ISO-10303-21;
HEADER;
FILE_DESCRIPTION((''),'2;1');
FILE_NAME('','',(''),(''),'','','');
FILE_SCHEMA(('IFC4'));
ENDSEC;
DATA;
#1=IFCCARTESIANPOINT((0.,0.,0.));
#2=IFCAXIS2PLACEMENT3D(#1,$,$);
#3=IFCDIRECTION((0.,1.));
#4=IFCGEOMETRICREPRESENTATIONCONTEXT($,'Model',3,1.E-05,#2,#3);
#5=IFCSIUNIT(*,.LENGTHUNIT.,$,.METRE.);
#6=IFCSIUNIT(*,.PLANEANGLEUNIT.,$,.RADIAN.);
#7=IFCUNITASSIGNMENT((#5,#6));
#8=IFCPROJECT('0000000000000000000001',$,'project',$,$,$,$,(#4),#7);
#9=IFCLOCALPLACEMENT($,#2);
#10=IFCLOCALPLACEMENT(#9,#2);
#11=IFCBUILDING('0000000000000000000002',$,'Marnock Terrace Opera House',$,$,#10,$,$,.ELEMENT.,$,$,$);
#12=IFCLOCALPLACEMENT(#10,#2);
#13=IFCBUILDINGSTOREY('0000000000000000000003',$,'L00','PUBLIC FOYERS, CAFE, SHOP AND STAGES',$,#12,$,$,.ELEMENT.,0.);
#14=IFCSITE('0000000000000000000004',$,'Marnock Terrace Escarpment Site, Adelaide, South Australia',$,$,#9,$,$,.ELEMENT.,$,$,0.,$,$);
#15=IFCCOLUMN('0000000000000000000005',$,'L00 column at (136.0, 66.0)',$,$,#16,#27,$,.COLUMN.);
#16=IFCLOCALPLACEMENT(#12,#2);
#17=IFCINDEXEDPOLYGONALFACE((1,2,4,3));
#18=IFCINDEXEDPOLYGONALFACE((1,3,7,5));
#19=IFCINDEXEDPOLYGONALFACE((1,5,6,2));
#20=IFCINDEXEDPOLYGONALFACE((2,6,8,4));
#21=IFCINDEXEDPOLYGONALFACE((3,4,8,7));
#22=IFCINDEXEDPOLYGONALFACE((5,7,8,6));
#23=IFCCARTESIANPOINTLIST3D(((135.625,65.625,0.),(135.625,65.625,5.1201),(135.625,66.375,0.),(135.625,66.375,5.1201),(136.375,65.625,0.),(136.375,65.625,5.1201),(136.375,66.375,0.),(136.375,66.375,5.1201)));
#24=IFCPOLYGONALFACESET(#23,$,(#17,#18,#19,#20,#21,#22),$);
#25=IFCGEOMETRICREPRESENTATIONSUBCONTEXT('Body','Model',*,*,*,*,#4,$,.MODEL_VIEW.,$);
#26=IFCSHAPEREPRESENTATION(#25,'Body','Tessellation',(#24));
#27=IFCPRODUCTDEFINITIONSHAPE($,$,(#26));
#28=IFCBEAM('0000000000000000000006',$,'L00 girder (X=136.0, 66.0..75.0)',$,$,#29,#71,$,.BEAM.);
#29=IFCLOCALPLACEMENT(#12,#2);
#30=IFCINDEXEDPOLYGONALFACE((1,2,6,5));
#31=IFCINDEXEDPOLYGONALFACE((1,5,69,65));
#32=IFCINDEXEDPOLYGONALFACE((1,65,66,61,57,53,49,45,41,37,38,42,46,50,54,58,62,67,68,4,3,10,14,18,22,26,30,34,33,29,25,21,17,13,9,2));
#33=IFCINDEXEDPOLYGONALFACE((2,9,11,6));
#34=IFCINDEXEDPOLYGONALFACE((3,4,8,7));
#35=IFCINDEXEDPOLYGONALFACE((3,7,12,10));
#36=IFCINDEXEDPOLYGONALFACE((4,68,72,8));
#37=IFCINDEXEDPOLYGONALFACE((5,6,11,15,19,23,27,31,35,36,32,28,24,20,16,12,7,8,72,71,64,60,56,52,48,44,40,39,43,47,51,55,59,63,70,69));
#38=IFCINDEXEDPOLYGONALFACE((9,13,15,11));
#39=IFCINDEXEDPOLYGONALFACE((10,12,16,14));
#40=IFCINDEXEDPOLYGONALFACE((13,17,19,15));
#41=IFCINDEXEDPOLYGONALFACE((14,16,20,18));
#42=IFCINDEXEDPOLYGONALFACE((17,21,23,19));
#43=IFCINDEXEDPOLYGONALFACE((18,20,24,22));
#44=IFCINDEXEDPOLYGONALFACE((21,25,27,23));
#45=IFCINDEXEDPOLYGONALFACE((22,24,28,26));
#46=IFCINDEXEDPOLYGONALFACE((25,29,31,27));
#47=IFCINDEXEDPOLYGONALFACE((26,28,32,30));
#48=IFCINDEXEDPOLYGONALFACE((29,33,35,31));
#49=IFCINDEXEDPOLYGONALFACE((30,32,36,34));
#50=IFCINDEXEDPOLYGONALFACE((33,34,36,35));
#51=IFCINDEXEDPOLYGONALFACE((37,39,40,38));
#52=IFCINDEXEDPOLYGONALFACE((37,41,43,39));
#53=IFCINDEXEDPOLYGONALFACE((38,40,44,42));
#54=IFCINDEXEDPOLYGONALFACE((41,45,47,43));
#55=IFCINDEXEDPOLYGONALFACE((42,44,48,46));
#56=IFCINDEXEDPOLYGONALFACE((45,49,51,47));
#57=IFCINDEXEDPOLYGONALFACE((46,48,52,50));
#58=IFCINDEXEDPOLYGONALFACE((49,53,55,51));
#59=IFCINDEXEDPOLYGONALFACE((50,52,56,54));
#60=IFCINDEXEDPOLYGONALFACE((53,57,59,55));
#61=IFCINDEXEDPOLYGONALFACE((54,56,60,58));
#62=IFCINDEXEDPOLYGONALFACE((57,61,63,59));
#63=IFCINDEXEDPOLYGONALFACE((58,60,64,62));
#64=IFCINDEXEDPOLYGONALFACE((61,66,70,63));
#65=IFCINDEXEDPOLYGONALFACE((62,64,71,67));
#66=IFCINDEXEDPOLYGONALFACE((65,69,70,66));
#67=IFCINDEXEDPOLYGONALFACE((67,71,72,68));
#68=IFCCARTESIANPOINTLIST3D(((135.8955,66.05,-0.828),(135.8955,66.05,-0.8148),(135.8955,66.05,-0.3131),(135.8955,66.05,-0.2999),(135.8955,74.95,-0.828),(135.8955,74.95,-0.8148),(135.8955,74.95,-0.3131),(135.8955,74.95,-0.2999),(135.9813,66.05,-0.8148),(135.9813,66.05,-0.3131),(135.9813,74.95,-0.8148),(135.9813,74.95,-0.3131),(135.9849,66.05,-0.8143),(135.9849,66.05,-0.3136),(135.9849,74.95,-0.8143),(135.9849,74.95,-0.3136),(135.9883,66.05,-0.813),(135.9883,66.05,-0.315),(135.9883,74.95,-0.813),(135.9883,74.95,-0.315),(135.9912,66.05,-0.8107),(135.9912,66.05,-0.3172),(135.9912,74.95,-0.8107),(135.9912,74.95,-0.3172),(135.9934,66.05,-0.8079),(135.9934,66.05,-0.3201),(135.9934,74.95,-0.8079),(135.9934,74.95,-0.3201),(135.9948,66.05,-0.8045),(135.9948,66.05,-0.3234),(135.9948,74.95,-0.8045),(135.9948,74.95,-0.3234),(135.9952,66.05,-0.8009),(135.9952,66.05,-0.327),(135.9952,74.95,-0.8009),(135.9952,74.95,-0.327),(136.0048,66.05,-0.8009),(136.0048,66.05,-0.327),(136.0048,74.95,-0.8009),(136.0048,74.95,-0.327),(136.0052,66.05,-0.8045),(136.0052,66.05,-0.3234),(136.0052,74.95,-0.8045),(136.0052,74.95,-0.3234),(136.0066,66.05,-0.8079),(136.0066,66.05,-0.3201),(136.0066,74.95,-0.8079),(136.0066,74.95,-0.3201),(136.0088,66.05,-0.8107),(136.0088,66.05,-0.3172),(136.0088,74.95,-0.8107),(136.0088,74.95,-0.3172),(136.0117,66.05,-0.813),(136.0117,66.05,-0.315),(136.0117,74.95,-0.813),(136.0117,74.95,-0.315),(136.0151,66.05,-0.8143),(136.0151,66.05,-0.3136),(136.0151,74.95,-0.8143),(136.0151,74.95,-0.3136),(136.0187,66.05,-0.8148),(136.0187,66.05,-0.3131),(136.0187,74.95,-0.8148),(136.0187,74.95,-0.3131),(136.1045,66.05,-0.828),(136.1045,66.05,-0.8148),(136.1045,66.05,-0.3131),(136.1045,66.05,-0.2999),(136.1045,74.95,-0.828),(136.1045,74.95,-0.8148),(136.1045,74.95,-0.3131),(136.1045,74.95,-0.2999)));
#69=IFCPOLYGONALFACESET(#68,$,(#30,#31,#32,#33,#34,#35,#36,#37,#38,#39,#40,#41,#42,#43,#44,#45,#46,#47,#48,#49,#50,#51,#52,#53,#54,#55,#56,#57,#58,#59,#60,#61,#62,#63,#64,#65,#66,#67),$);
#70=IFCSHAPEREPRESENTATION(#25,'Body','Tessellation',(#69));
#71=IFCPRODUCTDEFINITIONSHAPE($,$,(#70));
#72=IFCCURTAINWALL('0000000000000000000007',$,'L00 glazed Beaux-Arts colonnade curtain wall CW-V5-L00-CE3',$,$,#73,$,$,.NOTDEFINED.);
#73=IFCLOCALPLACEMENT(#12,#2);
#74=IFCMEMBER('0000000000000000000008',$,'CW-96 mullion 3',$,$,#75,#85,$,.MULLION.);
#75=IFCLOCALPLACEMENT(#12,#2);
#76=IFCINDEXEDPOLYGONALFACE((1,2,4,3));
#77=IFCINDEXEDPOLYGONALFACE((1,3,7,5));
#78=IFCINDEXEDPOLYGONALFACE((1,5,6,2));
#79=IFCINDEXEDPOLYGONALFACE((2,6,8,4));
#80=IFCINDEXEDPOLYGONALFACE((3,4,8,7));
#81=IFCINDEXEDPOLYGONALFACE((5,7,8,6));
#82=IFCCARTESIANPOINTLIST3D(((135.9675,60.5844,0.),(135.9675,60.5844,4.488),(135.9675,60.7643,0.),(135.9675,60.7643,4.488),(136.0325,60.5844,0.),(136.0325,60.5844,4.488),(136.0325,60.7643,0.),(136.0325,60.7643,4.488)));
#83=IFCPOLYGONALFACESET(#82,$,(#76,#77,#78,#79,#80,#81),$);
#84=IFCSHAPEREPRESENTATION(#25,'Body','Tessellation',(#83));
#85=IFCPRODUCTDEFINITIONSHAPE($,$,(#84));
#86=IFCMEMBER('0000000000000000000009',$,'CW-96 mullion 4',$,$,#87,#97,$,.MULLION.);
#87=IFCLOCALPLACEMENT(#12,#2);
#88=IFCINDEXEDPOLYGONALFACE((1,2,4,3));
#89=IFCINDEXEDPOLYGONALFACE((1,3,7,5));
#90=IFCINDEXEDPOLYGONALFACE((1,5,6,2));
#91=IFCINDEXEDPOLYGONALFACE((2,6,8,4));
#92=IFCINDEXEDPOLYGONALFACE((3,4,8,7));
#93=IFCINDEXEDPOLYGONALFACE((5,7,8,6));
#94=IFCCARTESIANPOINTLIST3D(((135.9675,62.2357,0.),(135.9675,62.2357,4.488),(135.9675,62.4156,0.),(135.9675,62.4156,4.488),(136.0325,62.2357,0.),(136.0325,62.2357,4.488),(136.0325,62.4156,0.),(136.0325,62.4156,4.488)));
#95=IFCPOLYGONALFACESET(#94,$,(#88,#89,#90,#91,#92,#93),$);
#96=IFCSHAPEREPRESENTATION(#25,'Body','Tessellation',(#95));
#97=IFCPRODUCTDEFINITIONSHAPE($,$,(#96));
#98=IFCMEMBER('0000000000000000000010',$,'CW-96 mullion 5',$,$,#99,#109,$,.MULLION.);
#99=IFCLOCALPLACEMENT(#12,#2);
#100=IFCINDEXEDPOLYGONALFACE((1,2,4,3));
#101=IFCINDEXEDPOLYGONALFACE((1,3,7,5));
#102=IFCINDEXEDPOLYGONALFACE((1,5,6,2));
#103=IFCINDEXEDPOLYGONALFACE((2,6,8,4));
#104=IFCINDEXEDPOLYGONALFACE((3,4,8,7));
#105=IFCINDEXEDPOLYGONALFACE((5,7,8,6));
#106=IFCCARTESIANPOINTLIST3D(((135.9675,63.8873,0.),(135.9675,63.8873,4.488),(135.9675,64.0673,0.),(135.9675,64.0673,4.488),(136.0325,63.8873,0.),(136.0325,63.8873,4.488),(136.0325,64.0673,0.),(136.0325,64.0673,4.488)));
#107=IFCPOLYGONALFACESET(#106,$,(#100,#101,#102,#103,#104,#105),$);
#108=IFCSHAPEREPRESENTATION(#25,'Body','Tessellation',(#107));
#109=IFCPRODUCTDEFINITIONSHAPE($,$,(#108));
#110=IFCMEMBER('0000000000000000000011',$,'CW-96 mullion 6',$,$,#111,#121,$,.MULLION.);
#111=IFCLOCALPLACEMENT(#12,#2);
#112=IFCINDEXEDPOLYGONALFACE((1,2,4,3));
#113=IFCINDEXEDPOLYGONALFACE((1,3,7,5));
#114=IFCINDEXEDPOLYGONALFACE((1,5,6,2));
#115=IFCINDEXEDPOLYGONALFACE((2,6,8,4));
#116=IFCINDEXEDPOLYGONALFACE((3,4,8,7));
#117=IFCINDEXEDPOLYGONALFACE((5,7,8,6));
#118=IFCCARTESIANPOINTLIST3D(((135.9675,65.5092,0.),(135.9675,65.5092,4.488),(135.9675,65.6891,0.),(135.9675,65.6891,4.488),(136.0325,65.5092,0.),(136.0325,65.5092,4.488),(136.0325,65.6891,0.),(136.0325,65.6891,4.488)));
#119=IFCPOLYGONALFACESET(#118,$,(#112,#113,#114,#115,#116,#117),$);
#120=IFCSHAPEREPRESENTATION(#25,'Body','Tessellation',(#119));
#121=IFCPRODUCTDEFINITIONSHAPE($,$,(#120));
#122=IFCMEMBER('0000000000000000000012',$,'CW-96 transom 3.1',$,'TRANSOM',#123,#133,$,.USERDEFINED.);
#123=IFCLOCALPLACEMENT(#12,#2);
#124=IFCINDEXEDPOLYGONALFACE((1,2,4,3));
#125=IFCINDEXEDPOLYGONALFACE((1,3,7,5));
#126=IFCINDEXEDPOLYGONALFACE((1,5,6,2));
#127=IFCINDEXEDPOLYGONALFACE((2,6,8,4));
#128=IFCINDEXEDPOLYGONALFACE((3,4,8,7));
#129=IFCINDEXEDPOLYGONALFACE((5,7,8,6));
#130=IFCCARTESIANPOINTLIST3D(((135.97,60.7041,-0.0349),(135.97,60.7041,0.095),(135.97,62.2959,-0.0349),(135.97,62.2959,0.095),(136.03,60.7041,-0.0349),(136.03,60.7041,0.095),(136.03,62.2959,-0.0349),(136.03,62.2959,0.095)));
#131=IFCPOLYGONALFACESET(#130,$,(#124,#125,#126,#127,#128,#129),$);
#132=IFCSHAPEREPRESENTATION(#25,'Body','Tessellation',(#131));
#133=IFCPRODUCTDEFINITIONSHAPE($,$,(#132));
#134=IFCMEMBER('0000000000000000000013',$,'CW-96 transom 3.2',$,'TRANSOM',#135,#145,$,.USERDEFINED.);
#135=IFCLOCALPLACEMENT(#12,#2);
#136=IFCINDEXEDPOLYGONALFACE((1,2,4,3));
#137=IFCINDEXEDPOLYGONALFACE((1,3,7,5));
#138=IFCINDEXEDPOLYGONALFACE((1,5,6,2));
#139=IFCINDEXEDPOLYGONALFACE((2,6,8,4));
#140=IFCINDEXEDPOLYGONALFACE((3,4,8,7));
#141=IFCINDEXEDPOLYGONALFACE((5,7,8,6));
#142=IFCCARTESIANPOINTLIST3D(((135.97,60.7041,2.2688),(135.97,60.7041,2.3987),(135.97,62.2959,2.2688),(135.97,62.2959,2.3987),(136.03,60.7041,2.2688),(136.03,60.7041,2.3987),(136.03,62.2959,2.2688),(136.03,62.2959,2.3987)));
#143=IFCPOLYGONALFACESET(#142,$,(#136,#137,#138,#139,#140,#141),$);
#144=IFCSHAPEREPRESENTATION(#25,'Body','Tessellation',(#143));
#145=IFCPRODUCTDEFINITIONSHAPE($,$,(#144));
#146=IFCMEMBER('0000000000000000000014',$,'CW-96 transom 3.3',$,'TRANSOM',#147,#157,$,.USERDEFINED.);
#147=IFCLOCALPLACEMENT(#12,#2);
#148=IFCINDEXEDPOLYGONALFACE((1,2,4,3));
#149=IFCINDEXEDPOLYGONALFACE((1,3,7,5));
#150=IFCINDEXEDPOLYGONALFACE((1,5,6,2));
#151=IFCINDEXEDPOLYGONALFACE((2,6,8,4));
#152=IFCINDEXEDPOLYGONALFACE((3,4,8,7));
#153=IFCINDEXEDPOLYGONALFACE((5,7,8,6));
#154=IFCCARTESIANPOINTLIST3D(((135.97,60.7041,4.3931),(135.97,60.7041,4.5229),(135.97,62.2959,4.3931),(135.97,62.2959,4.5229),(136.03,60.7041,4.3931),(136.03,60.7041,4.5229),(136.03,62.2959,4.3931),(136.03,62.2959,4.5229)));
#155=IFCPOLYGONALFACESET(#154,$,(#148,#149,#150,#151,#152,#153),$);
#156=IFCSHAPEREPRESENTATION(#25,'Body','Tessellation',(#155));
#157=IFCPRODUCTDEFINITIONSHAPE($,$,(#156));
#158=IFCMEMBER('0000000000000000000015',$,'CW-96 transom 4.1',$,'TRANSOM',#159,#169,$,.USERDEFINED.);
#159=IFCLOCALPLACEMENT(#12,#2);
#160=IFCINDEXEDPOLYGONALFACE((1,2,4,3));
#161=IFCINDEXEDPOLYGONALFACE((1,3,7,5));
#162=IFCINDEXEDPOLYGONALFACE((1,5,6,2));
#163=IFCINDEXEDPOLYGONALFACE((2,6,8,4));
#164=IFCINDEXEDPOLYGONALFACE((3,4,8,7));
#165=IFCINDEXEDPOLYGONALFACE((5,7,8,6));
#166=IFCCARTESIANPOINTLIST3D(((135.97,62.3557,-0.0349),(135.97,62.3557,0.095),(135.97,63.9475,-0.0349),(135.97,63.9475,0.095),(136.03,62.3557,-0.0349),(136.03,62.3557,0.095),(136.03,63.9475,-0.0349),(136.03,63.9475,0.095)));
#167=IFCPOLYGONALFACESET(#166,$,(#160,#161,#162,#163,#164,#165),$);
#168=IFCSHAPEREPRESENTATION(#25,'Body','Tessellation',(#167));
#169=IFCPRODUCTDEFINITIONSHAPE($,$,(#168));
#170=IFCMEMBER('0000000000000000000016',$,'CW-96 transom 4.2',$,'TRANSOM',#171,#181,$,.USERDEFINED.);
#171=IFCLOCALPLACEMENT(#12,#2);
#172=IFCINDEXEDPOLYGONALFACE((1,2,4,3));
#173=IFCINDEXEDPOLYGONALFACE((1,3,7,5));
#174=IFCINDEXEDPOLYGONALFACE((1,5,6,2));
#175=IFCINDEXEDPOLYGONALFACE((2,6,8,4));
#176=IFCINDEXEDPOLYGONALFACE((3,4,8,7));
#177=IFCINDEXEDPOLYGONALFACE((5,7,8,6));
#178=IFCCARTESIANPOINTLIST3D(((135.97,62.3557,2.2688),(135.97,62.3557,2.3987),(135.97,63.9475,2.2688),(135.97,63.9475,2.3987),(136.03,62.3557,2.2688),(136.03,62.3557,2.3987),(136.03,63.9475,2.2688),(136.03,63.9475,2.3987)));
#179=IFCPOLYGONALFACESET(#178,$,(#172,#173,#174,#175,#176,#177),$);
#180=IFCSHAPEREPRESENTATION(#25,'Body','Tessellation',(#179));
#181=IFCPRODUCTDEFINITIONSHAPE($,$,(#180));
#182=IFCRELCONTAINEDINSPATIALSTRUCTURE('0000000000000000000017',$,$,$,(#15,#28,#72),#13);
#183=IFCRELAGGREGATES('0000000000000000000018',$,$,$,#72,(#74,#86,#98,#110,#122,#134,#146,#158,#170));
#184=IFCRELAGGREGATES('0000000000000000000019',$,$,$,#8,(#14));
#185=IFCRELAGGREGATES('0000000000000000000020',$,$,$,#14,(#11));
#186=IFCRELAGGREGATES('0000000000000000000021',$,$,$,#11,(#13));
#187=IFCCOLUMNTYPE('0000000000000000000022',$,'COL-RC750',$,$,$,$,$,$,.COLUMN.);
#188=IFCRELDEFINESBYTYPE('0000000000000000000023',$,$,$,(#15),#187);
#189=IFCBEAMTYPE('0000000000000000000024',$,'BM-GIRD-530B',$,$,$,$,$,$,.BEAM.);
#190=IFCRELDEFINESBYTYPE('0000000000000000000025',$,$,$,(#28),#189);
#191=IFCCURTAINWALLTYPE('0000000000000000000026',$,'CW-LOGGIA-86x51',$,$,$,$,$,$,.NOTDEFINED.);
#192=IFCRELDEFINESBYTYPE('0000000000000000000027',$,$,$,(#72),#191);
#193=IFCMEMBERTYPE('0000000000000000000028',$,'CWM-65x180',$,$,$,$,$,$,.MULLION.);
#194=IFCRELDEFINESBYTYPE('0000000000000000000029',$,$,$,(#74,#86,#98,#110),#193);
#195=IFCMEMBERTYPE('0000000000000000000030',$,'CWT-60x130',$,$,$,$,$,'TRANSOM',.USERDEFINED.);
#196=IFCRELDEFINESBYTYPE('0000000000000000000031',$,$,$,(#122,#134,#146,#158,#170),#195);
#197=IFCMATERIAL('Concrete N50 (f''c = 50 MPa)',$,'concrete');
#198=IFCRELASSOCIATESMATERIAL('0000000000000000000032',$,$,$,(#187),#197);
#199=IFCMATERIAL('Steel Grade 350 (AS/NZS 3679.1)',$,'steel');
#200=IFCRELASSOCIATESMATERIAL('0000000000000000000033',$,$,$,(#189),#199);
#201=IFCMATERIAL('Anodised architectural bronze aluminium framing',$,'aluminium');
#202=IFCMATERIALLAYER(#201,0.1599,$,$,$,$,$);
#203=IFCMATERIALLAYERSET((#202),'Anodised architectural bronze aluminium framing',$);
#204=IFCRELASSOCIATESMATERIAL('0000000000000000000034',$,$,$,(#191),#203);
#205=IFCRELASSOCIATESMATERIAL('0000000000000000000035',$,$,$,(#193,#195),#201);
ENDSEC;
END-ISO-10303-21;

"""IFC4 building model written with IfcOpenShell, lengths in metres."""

from ifc_helpers import new_model, si_unit, direction, frame, origin, origin_2d, place, context, subcontext, project, spatial, rectangle, i_section, extrude, material, layer, layer_set, material_profile, profile_set, type_object, element, aggregate, save


model = new_model("IFC4")

# Units and contexts
model_context = context("Model", 3, precision=1e-05, world=origin(), true_north=direction((0.0, 1.0)))
body_context = subcontext(model_context, "Body", "Model", "MODEL_VIEW")
ifc_project = project(units=[si_unit("LENGTHUNIT", "METRE"), si_unit("PLANEANGLEUNIT", "RADIAN")], contexts=[model_context])

# Site, building, storey
site_placement = place(None, origin())
site = spatial("IfcSite", under=ifc_project, at=site_placement, Name="Marnock Terrace Escarpment Site, Adelaide, South Australia", CompositionType="ELEMENT", RefElevation=0.0)
building_placement = place(site_placement, origin())
building = spatial("IfcBuilding", under=site, at=building_placement, Name="Marnock Terrace Opera House", CompositionType="ELEMENT")
storey_placement = place(building_placement, origin())
storey = spatial("IfcBuildingStorey", under=building, at=storey_placement, Name="L00", Description="PUBLIC FOYERS, CAFE, SHOP AND STAGES", CompositionType="ELEMENT", Elevation=0.0)

# Column
ifc_material_1 = material(Name="Concrete N50 (f'c = 50 MPa)", Category="concrete")
ifc_material_profile_1 = material_profile(ifc_material_1, rectangle(XDim=0.75, YDim=0.75, at=origin_2d()))
ifc_profile_set_1 = profile_set([ifc_material_profile_1], Name="Concrete N50 (f'c = 50 MPa)")
column_type = type_object("IfcColumnType", Name="COL-RC750", PredefinedType="COLUMN", material=ifc_profile_set_1)
column_placement = place(storey_placement, frame((136.0, 66.0, 0.0), z_axis=(0.0, 0.0, 1.0), x_axis=(1.0, 0.0, 0.0)))
element("IfcColumn", 1, at=column_placement, inside=storey, type_object=column_type, Name="L00 column at (136.0, 66.0)", PredefinedType="COLUMN", context=body_context, shape_type="SweptSolid", body=[
    extrude(rectangle(XDim=0.75, YDim=0.75, at=origin_2d()), origin(), (0.0, 0.0, 1.0), 5.1201),
])

# Beam
ifc_material_2 = material(Name="Steel Grade 350 (AS/NZS 3679.1)", Category="steel")
ifc_material_profile_2 = material_profile(ifc_material_2, i_section(OverallWidth=0.209, OverallDepth=0.5281, WebThickness=0.0095, FlangeThickness=0.0132, FilletRadius=0.0139, at=origin_2d()))
ifc_profile_set_2 = profile_set([ifc_material_profile_2], Name="Steel Grade 350 (AS/NZS 3679.1)")
beam_type = type_object("IfcBeamType", Name="BM-GIRD-530B", PredefinedType="BEAM", material=ifc_profile_set_2)
beam_placement = place(storey_placement, frame((136.0, 66.05, -0.564), z_axis=(0.0, 1.0, 0.0), x_axis=(-1.0, 0.0, 0.0)))
element("IfcBeam", 2, at=beam_placement, inside=storey, type_object=beam_type, Name="L00 girder (X=136.0, 66.0..75.0)", PredefinedType="BEAM", context=body_context, shape_type="SweptSolid", body=[
    extrude(i_section(OverallWidth=0.209, OverallDepth=0.5281, WebThickness=0.0095, FlangeThickness=0.0132, FilletRadius=0.0139, at=origin_2d()), origin(), (0.0, 0.0, 1.0), 8.8999),
])

# Curtain wall, members
ifc_material_3 = material(Name="Anodised architectural bronze aluminium framing", Category="aluminium")
ifc_layer_1 = layer(ifc_material_3, 0.1599)
ifc_layer_set_1 = layer_set([ifc_layer_1], Name="Anodised architectural bronze aluminium framing")
curtain_wall_type = type_object("IfcCurtainWallType", Name="CW-LOGGIA-86x51", PredefinedType="NOTDEFINED", material=ifc_layer_set_1)
curtain_wall_placement = place(storey_placement, origin())
curtain_wall = element("IfcCurtainWall", 3, at=curtain_wall_placement, inside=storey, type_object=curtain_wall_type, Name="L00 glazed Beaux-Arts colonnade curtain wall CW-V5-L00-CE3", PredefinedType="NOTDEFINED")
ifc_material_profile_3 = material_profile(ifc_material_3, rectangle(XDim=0.0649, YDim=0.1799, at=origin_2d()))
ifc_profile_set_3 = profile_set([ifc_material_profile_3], Name="Anodised architectural bronze aluminium framing")
member_type_1 = type_object("IfcMemberType", Name="CWM-65x180", PredefinedType="MULLION", material=ifc_profile_set_3)
member_1_placement = place(storey_placement, frame((136.0, 60.6743, 0.0), z_axis=(0.0, 0.0, 1.0), x_axis=(-1.0, 0.0, 0.0)))
member_1 = element("IfcMember", 4, at=member_1_placement, type_object=member_type_1, Name="CW-96 mullion 3", PredefinedType="MULLION", context=body_context, shape_type="SweptSolid", body=[
    extrude(rectangle(XDim=0.0649, YDim=0.1799, at=origin_2d()), origin(), (0.0, 0.0, 1.0), 4.488),
])
member_2_placement = place(storey_placement, frame((136.0, 62.3257, 0.0), z_axis=(0.0, 0.0, 1.0), x_axis=(-1.0, 0.0, 0.0)))
member_2 = element("IfcMember", 5, at=member_2_placement, type_object=member_type_1, Name="CW-96 mullion 4", PredefinedType="MULLION", context=body_context, shape_type="SweptSolid", body=[
    extrude(rectangle(XDim=0.0649, YDim=0.1799, at=origin_2d()), origin(), (0.0, 0.0, 1.0), 4.488),
])
member_3_placement = place(storey_placement, frame((136.0, 63.9773, 0.0), z_axis=(0.0, 0.0, 1.0), x_axis=(-1.0, 0.0, 0.0)))
member_3 = element("IfcMember", 6, at=member_3_placement, type_object=member_type_1, Name="CW-96 mullion 5", PredefinedType="MULLION", context=body_context, shape_type="SweptSolid", body=[
    extrude(rectangle(XDim=0.0649, YDim=0.1799, at=origin_2d()), origin(), (0.0, 0.0, 1.0), 4.488),
])
member_4_placement = place(storey_placement, frame((136.0, 65.5991, 0.0), z_axis=(0.0, 0.0, 1.0), x_axis=(-1.0, 0.0, 0.0)))
member_4 = element("IfcMember", 7, at=member_4_placement, type_object=member_type_1, Name="CW-96 mullion 6", PredefinedType="MULLION", context=body_context, shape_type="SweptSolid", body=[
    extrude(rectangle(XDim=0.0649, YDim=0.1799, at=origin_2d()), origin(), (0.0, 0.0, 1.0), 4.488),
])
ifc_material_profile_4 = material_profile(ifc_material_3, rectangle(XDim=0.0601, YDim=0.1299, at=origin_2d()))
ifc_profile_set_4 = profile_set([ifc_material_profile_4], Name="Anodised architectural bronze aluminium framing")
member_type_2 = type_object("IfcMemberType", Name="CWT-60x130", ElementType="TRANSOM", PredefinedType="USERDEFINED", material=ifc_profile_set_4)
member_5_placement = place(storey_placement, frame((136.0, 60.7041, 0.03), z_axis=(0.0, 1.0, 0.0), x_axis=(-1.0, 0.0, 0.0)))
member_5 = element("IfcMember", 8, at=member_5_placement, type_object=member_type_2, Name="CW-96 transom 3.1", ObjectType="TRANSOM", PredefinedType="USERDEFINED", context=body_context, shape_type="SweptSolid", body=[
    extrude(rectangle(XDim=0.0601, YDim=0.1299, at=origin_2d()), origin(), (0.0, 0.0, 1.0), 1.5918),
])
member_6_placement = place(storey_placement, frame((136.0, 60.7041, 2.3337), z_axis=(0.0, 1.0, 0.0), x_axis=(-1.0, 0.0, 0.0)))
member_6 = element("IfcMember", 9, at=member_6_placement, type_object=member_type_2, Name="CW-96 transom 3.2", ObjectType="TRANSOM", PredefinedType="USERDEFINED", context=body_context, shape_type="SweptSolid", body=[
    extrude(rectangle(XDim=0.0601, YDim=0.1299, at=origin_2d()), origin(), (0.0, 0.0, 1.0), 1.5918),
])
member_7_placement = place(storey_placement, frame((136.0, 60.7041, 4.458), z_axis=(0.0, 1.0, 0.0), x_axis=(-1.0, 0.0, 0.0)))
member_7 = element("IfcMember", 10, at=member_7_placement, type_object=member_type_2, Name="CW-96 transom 3.3", ObjectType="TRANSOM", PredefinedType="USERDEFINED", context=body_context, shape_type="SweptSolid", body=[
    extrude(rectangle(XDim=0.0601, YDim=0.1299, at=origin_2d()), origin(), (0.0, 0.0, 1.0), 1.5918),
])
member_8_placement = place(storey_placement, frame((136.0, 62.3557, 0.03), z_axis=(0.0, 1.0, 0.0), x_axis=(-1.0, 0.0, 0.0)))
member_8 = element("IfcMember", 11, at=member_8_placement, type_object=member_type_2, Name="CW-96 transom 4.1", ObjectType="TRANSOM", PredefinedType="USERDEFINED", context=body_context, shape_type="SweptSolid", body=[
    extrude(rectangle(XDim=0.0601, YDim=0.1299, at=origin_2d()), origin(), (0.0, 0.0, 1.0), 1.5918),
])
member_9_placement = place(storey_placement, frame((136.0, 62.3557, 2.3337), z_axis=(0.0, 1.0, 0.0), x_axis=(-1.0, 0.0, 0.0)))
member_9 = element("IfcMember", 12, at=member_9_placement, type_object=member_type_2, Name="CW-96 transom 4.2", ObjectType="TRANSOM", PredefinedType="USERDEFINED", context=body_context, shape_type="SweptSolid", body=[
    extrude(rectangle(XDim=0.0601, YDim=0.1299, at=origin_2d()), origin(), (0.0, 0.0, 1.0), 1.5918),
])
aggregate(curtain_wall, [member_1, member_2, member_3, member_4, member_5, member_6, member_7, member_8, member_9])

save(model, "model.ifc")
